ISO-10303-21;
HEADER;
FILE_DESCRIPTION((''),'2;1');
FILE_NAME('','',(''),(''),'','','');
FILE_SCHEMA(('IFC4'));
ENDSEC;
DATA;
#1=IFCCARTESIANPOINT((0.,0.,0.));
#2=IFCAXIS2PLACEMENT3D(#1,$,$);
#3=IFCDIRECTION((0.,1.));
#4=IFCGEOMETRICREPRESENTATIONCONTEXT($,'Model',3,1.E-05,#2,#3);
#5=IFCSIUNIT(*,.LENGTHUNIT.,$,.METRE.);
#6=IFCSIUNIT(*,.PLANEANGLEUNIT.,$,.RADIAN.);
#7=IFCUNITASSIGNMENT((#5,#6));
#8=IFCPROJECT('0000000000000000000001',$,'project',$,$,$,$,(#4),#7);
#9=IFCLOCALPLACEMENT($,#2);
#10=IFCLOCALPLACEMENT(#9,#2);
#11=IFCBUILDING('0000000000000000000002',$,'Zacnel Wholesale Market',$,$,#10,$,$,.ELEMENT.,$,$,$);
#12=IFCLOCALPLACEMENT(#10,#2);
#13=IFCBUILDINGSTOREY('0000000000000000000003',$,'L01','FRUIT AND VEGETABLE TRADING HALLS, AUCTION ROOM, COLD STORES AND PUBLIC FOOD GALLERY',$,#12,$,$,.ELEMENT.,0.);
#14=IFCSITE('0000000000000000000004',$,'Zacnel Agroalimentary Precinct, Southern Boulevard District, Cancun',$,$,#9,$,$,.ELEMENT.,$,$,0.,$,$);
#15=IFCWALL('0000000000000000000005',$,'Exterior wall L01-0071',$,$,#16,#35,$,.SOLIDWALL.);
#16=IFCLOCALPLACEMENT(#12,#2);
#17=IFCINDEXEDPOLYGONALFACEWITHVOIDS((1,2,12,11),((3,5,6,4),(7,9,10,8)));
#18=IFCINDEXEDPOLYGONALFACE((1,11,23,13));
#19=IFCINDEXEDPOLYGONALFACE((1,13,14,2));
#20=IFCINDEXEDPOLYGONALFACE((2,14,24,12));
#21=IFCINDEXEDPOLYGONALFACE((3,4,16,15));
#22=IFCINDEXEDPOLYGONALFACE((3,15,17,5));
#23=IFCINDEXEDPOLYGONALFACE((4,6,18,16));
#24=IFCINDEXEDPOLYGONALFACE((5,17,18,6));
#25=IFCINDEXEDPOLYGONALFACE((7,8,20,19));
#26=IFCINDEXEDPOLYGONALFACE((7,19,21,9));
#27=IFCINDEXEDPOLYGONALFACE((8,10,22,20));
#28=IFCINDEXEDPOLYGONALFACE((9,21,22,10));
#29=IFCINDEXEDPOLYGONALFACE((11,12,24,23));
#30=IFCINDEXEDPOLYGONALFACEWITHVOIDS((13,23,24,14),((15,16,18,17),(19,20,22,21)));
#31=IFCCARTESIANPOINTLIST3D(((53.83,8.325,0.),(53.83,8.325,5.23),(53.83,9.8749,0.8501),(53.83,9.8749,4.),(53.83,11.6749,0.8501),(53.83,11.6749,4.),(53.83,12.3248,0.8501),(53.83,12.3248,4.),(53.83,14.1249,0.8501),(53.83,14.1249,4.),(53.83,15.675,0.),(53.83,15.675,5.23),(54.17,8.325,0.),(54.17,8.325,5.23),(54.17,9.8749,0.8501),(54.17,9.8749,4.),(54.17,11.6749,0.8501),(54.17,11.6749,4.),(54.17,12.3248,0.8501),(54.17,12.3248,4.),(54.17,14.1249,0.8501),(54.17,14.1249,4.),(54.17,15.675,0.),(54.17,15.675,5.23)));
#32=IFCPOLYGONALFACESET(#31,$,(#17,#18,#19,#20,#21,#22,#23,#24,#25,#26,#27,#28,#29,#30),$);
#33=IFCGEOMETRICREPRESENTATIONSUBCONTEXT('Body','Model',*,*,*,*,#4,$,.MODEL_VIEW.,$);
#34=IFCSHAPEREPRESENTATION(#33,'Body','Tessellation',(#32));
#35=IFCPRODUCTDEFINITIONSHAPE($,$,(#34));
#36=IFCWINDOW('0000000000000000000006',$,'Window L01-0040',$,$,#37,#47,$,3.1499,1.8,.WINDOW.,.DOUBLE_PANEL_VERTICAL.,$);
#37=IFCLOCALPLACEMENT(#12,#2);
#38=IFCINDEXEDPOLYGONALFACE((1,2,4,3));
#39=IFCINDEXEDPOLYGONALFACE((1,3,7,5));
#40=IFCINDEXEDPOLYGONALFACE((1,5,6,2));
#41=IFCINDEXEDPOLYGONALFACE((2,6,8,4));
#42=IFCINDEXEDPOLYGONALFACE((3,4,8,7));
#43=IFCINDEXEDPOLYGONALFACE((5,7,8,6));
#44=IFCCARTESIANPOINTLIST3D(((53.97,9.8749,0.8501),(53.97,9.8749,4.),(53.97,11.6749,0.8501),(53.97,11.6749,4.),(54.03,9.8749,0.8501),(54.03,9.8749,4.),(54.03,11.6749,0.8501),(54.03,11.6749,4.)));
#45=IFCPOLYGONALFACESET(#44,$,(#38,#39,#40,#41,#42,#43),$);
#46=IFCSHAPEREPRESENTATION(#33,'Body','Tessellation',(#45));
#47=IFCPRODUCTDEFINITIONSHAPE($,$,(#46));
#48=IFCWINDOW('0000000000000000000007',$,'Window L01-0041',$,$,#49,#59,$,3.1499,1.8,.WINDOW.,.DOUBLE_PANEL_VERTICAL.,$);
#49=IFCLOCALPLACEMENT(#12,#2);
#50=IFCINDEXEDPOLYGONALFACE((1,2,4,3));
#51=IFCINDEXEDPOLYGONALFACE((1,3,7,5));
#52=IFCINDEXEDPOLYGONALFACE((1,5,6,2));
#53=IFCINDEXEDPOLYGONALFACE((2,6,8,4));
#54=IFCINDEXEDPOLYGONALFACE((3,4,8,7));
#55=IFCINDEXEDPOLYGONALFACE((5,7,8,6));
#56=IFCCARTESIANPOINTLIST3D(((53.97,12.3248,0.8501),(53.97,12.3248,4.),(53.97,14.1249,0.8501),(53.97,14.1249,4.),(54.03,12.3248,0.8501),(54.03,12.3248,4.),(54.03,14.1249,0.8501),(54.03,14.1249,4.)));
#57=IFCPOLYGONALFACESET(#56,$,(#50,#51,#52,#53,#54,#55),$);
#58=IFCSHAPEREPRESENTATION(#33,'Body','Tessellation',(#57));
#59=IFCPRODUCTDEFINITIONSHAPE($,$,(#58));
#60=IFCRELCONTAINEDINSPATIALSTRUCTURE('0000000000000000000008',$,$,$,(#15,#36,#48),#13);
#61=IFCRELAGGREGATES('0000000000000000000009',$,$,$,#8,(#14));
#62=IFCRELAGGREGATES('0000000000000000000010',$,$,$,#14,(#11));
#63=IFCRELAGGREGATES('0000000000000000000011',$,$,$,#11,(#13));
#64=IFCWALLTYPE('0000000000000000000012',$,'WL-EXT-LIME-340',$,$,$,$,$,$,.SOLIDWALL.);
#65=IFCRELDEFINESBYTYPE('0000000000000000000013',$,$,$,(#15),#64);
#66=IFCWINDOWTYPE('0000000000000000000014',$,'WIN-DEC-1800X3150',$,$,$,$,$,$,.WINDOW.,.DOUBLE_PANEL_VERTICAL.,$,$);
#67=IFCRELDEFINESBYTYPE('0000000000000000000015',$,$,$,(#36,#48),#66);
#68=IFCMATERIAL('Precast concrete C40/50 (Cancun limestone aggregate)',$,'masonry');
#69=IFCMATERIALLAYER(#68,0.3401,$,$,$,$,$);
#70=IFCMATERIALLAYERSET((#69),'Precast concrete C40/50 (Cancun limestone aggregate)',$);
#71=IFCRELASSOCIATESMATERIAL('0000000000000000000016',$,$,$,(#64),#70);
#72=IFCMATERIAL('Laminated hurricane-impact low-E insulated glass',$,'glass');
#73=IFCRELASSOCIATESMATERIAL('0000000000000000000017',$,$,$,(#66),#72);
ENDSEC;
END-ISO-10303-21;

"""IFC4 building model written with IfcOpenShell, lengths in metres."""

from ifc_helpers import new_model, si_unit, direction, frame, frame_2d, origin, place, context, subcontext, project, spatial, rectangle, extrude, material, layer, layer_set, type_object, element, fill, save


model = new_model("IFC4")

# Units and contexts
model_context = context("Model", 3, precision=1e-05, world=origin(), true_north=direction((0.0, 1.0)))
body_context = subcontext(model_context, "Body", "Model", "MODEL_VIEW")
ifc_project = project(units=[si_unit("LENGTHUNIT", "METRE"), si_unit("PLANEANGLEUNIT", "RADIAN")], contexts=[model_context])

# Site, building, storey
site_placement = place(None, origin())
site = spatial("IfcSite", under=ifc_project, at=site_placement, Name="Zacnel Agroalimentary Precinct, Southern Boulevard District, Cancun", CompositionType="ELEMENT", RefElevation=0.0)
building_placement = place(site_placement, origin())
building = spatial("IfcBuilding", under=site, at=building_placement, Name="Zacnel Wholesale Market", CompositionType="ELEMENT")
storey_placement = place(building_placement, origin())
storey = spatial("IfcBuildingStorey", under=building, at=storey_placement, Name="L01", Description="FRUIT AND VEGETABLE TRADING HALLS, AUCTION ROOM, COLD STORES AND PUBLIC FOOD GALLERY", CompositionType="ELEMENT", Elevation=0.0)

# Wall, openings, windows
ifc_material_1 = material(Name="Precast concrete C40/50 (Cancun limestone aggregate)", Category="masonry")
ifc_layer_1 = layer(ifc_material_1, 0.3401)
ifc_layer_set_1 = layer_set([ifc_layer_1], Name="Precast concrete C40/50 (Cancun limestone aggregate)")
wall_type_1 = type_object("IfcWallType", Name="WL-EXT-LIME-340", PredefinedType="SOLIDWALL", material=ifc_layer_set_1)
wall_1_placement = place(storey_placement, frame((54.0, 8.325, 0.0), z_axis=(0.0, 0.0, 1.0), x_axis=(0.0, 1.0, 0.0)))
wall_1 = element("IfcWall", 1, at=wall_1_placement, inside=storey, type_object=wall_type_1, Name="Exterior wall L01-0071", PredefinedType="SOLIDWALL", context=body_context, shape_type="SweptSolid", body=[
    extrude(rectangle(XDim=7.3501, YDim=0.3401, at=frame_2d((3.675, 0.0))), origin(), (0.0, 0.0, 1.0), 5.23),
])
opening_1_placement = place(wall_1_placement, frame((1.55, 0.0, 0.8501)))
opening_1 = element("IfcOpeningElement", 2, at=opening_1_placement, cuts=wall_1, PredefinedType="OPENING", context=body_context, shape_type="SweptSolid", body=[
    extrude(rectangle(XDim=1.8, YDim=3.1499, at=frame_2d((0.8999, 1.575))), frame((0.0, 0.1799, 0.0), z_axis=(0.0, -1.0, 0.0), x_axis=(1.0, 0.0, 0.0)), (0.0, 0.0, 1.0), 0.3601),
])
opening_2_placement = place(wall_1_placement, frame((4.0, 0.0, 0.8501)))
opening_2 = element("IfcOpeningElement", 3, at=opening_2_placement, cuts=wall_1, PredefinedType="OPENING", context=body_context, shape_type="SweptSolid", body=[
    extrude(rectangle(XDim=1.8, YDim=3.1499, at=frame_2d((0.8999, 1.575))), frame((0.0, 0.1799, 0.0), z_axis=(0.0, -1.0, 0.0), x_axis=(1.0, 0.0, 0.0)), (0.0, 0.0, 1.0), 0.3601),
])
ifc_material_2 = material(Name="Laminated hurricane-impact low-E insulated glass", Category="glass")
window_type = type_object("IfcWindowType", Name="WIN-DEC-1800X3150", PartitioningType="DOUBLE_PANEL_VERTICAL", PredefinedType="WINDOW", material=ifc_material_2)
window_1_placement = place(opening_1_placement, origin())
window_1 = element("IfcWindow", 4, at=window_1_placement, inside=storey, type_object=window_type, Name="Window L01-0040", OverallHeight=3.1499, OverallWidth=1.8, PartitioningType="DOUBLE_PANEL_VERTICAL", PredefinedType="WINDOW", context=body_context, shape_type="SweptSolid", body=[
    extrude(rectangle(XDim=1.8, YDim=3.1499, at=frame_2d((0.8999, 1.575))), frame((0.0, 0.03, 0.0), z_axis=(0.0, -1.0, 0.0), x_axis=(1.0, 0.0, 0.0)), (0.0, 0.0, 1.0), 0.0601),
])
fill(opening_1, window_1)
window_2_placement = place(opening_2_placement, origin())
window_2 = element("IfcWindow", 5, at=window_2_placement, inside=storey, type_object=window_type, Name="Window L01-0041", OverallHeight=3.1499, OverallWidth=1.8, PartitioningType="DOUBLE_PANEL_VERTICAL", PredefinedType="WINDOW", context=body_context, shape_type="SweptSolid", body=[
    extrude(rectangle(XDim=1.8, YDim=3.1499, at=frame_2d((0.8999, 1.575))), frame((0.0, 0.03, 0.0), z_axis=(0.0, -1.0, 0.0), x_axis=(1.0, 0.0, 0.0)), (0.0, 0.0, 1.0), 0.0601),
])
fill(opening_2, window_2)

save(model, "model.ifc")
